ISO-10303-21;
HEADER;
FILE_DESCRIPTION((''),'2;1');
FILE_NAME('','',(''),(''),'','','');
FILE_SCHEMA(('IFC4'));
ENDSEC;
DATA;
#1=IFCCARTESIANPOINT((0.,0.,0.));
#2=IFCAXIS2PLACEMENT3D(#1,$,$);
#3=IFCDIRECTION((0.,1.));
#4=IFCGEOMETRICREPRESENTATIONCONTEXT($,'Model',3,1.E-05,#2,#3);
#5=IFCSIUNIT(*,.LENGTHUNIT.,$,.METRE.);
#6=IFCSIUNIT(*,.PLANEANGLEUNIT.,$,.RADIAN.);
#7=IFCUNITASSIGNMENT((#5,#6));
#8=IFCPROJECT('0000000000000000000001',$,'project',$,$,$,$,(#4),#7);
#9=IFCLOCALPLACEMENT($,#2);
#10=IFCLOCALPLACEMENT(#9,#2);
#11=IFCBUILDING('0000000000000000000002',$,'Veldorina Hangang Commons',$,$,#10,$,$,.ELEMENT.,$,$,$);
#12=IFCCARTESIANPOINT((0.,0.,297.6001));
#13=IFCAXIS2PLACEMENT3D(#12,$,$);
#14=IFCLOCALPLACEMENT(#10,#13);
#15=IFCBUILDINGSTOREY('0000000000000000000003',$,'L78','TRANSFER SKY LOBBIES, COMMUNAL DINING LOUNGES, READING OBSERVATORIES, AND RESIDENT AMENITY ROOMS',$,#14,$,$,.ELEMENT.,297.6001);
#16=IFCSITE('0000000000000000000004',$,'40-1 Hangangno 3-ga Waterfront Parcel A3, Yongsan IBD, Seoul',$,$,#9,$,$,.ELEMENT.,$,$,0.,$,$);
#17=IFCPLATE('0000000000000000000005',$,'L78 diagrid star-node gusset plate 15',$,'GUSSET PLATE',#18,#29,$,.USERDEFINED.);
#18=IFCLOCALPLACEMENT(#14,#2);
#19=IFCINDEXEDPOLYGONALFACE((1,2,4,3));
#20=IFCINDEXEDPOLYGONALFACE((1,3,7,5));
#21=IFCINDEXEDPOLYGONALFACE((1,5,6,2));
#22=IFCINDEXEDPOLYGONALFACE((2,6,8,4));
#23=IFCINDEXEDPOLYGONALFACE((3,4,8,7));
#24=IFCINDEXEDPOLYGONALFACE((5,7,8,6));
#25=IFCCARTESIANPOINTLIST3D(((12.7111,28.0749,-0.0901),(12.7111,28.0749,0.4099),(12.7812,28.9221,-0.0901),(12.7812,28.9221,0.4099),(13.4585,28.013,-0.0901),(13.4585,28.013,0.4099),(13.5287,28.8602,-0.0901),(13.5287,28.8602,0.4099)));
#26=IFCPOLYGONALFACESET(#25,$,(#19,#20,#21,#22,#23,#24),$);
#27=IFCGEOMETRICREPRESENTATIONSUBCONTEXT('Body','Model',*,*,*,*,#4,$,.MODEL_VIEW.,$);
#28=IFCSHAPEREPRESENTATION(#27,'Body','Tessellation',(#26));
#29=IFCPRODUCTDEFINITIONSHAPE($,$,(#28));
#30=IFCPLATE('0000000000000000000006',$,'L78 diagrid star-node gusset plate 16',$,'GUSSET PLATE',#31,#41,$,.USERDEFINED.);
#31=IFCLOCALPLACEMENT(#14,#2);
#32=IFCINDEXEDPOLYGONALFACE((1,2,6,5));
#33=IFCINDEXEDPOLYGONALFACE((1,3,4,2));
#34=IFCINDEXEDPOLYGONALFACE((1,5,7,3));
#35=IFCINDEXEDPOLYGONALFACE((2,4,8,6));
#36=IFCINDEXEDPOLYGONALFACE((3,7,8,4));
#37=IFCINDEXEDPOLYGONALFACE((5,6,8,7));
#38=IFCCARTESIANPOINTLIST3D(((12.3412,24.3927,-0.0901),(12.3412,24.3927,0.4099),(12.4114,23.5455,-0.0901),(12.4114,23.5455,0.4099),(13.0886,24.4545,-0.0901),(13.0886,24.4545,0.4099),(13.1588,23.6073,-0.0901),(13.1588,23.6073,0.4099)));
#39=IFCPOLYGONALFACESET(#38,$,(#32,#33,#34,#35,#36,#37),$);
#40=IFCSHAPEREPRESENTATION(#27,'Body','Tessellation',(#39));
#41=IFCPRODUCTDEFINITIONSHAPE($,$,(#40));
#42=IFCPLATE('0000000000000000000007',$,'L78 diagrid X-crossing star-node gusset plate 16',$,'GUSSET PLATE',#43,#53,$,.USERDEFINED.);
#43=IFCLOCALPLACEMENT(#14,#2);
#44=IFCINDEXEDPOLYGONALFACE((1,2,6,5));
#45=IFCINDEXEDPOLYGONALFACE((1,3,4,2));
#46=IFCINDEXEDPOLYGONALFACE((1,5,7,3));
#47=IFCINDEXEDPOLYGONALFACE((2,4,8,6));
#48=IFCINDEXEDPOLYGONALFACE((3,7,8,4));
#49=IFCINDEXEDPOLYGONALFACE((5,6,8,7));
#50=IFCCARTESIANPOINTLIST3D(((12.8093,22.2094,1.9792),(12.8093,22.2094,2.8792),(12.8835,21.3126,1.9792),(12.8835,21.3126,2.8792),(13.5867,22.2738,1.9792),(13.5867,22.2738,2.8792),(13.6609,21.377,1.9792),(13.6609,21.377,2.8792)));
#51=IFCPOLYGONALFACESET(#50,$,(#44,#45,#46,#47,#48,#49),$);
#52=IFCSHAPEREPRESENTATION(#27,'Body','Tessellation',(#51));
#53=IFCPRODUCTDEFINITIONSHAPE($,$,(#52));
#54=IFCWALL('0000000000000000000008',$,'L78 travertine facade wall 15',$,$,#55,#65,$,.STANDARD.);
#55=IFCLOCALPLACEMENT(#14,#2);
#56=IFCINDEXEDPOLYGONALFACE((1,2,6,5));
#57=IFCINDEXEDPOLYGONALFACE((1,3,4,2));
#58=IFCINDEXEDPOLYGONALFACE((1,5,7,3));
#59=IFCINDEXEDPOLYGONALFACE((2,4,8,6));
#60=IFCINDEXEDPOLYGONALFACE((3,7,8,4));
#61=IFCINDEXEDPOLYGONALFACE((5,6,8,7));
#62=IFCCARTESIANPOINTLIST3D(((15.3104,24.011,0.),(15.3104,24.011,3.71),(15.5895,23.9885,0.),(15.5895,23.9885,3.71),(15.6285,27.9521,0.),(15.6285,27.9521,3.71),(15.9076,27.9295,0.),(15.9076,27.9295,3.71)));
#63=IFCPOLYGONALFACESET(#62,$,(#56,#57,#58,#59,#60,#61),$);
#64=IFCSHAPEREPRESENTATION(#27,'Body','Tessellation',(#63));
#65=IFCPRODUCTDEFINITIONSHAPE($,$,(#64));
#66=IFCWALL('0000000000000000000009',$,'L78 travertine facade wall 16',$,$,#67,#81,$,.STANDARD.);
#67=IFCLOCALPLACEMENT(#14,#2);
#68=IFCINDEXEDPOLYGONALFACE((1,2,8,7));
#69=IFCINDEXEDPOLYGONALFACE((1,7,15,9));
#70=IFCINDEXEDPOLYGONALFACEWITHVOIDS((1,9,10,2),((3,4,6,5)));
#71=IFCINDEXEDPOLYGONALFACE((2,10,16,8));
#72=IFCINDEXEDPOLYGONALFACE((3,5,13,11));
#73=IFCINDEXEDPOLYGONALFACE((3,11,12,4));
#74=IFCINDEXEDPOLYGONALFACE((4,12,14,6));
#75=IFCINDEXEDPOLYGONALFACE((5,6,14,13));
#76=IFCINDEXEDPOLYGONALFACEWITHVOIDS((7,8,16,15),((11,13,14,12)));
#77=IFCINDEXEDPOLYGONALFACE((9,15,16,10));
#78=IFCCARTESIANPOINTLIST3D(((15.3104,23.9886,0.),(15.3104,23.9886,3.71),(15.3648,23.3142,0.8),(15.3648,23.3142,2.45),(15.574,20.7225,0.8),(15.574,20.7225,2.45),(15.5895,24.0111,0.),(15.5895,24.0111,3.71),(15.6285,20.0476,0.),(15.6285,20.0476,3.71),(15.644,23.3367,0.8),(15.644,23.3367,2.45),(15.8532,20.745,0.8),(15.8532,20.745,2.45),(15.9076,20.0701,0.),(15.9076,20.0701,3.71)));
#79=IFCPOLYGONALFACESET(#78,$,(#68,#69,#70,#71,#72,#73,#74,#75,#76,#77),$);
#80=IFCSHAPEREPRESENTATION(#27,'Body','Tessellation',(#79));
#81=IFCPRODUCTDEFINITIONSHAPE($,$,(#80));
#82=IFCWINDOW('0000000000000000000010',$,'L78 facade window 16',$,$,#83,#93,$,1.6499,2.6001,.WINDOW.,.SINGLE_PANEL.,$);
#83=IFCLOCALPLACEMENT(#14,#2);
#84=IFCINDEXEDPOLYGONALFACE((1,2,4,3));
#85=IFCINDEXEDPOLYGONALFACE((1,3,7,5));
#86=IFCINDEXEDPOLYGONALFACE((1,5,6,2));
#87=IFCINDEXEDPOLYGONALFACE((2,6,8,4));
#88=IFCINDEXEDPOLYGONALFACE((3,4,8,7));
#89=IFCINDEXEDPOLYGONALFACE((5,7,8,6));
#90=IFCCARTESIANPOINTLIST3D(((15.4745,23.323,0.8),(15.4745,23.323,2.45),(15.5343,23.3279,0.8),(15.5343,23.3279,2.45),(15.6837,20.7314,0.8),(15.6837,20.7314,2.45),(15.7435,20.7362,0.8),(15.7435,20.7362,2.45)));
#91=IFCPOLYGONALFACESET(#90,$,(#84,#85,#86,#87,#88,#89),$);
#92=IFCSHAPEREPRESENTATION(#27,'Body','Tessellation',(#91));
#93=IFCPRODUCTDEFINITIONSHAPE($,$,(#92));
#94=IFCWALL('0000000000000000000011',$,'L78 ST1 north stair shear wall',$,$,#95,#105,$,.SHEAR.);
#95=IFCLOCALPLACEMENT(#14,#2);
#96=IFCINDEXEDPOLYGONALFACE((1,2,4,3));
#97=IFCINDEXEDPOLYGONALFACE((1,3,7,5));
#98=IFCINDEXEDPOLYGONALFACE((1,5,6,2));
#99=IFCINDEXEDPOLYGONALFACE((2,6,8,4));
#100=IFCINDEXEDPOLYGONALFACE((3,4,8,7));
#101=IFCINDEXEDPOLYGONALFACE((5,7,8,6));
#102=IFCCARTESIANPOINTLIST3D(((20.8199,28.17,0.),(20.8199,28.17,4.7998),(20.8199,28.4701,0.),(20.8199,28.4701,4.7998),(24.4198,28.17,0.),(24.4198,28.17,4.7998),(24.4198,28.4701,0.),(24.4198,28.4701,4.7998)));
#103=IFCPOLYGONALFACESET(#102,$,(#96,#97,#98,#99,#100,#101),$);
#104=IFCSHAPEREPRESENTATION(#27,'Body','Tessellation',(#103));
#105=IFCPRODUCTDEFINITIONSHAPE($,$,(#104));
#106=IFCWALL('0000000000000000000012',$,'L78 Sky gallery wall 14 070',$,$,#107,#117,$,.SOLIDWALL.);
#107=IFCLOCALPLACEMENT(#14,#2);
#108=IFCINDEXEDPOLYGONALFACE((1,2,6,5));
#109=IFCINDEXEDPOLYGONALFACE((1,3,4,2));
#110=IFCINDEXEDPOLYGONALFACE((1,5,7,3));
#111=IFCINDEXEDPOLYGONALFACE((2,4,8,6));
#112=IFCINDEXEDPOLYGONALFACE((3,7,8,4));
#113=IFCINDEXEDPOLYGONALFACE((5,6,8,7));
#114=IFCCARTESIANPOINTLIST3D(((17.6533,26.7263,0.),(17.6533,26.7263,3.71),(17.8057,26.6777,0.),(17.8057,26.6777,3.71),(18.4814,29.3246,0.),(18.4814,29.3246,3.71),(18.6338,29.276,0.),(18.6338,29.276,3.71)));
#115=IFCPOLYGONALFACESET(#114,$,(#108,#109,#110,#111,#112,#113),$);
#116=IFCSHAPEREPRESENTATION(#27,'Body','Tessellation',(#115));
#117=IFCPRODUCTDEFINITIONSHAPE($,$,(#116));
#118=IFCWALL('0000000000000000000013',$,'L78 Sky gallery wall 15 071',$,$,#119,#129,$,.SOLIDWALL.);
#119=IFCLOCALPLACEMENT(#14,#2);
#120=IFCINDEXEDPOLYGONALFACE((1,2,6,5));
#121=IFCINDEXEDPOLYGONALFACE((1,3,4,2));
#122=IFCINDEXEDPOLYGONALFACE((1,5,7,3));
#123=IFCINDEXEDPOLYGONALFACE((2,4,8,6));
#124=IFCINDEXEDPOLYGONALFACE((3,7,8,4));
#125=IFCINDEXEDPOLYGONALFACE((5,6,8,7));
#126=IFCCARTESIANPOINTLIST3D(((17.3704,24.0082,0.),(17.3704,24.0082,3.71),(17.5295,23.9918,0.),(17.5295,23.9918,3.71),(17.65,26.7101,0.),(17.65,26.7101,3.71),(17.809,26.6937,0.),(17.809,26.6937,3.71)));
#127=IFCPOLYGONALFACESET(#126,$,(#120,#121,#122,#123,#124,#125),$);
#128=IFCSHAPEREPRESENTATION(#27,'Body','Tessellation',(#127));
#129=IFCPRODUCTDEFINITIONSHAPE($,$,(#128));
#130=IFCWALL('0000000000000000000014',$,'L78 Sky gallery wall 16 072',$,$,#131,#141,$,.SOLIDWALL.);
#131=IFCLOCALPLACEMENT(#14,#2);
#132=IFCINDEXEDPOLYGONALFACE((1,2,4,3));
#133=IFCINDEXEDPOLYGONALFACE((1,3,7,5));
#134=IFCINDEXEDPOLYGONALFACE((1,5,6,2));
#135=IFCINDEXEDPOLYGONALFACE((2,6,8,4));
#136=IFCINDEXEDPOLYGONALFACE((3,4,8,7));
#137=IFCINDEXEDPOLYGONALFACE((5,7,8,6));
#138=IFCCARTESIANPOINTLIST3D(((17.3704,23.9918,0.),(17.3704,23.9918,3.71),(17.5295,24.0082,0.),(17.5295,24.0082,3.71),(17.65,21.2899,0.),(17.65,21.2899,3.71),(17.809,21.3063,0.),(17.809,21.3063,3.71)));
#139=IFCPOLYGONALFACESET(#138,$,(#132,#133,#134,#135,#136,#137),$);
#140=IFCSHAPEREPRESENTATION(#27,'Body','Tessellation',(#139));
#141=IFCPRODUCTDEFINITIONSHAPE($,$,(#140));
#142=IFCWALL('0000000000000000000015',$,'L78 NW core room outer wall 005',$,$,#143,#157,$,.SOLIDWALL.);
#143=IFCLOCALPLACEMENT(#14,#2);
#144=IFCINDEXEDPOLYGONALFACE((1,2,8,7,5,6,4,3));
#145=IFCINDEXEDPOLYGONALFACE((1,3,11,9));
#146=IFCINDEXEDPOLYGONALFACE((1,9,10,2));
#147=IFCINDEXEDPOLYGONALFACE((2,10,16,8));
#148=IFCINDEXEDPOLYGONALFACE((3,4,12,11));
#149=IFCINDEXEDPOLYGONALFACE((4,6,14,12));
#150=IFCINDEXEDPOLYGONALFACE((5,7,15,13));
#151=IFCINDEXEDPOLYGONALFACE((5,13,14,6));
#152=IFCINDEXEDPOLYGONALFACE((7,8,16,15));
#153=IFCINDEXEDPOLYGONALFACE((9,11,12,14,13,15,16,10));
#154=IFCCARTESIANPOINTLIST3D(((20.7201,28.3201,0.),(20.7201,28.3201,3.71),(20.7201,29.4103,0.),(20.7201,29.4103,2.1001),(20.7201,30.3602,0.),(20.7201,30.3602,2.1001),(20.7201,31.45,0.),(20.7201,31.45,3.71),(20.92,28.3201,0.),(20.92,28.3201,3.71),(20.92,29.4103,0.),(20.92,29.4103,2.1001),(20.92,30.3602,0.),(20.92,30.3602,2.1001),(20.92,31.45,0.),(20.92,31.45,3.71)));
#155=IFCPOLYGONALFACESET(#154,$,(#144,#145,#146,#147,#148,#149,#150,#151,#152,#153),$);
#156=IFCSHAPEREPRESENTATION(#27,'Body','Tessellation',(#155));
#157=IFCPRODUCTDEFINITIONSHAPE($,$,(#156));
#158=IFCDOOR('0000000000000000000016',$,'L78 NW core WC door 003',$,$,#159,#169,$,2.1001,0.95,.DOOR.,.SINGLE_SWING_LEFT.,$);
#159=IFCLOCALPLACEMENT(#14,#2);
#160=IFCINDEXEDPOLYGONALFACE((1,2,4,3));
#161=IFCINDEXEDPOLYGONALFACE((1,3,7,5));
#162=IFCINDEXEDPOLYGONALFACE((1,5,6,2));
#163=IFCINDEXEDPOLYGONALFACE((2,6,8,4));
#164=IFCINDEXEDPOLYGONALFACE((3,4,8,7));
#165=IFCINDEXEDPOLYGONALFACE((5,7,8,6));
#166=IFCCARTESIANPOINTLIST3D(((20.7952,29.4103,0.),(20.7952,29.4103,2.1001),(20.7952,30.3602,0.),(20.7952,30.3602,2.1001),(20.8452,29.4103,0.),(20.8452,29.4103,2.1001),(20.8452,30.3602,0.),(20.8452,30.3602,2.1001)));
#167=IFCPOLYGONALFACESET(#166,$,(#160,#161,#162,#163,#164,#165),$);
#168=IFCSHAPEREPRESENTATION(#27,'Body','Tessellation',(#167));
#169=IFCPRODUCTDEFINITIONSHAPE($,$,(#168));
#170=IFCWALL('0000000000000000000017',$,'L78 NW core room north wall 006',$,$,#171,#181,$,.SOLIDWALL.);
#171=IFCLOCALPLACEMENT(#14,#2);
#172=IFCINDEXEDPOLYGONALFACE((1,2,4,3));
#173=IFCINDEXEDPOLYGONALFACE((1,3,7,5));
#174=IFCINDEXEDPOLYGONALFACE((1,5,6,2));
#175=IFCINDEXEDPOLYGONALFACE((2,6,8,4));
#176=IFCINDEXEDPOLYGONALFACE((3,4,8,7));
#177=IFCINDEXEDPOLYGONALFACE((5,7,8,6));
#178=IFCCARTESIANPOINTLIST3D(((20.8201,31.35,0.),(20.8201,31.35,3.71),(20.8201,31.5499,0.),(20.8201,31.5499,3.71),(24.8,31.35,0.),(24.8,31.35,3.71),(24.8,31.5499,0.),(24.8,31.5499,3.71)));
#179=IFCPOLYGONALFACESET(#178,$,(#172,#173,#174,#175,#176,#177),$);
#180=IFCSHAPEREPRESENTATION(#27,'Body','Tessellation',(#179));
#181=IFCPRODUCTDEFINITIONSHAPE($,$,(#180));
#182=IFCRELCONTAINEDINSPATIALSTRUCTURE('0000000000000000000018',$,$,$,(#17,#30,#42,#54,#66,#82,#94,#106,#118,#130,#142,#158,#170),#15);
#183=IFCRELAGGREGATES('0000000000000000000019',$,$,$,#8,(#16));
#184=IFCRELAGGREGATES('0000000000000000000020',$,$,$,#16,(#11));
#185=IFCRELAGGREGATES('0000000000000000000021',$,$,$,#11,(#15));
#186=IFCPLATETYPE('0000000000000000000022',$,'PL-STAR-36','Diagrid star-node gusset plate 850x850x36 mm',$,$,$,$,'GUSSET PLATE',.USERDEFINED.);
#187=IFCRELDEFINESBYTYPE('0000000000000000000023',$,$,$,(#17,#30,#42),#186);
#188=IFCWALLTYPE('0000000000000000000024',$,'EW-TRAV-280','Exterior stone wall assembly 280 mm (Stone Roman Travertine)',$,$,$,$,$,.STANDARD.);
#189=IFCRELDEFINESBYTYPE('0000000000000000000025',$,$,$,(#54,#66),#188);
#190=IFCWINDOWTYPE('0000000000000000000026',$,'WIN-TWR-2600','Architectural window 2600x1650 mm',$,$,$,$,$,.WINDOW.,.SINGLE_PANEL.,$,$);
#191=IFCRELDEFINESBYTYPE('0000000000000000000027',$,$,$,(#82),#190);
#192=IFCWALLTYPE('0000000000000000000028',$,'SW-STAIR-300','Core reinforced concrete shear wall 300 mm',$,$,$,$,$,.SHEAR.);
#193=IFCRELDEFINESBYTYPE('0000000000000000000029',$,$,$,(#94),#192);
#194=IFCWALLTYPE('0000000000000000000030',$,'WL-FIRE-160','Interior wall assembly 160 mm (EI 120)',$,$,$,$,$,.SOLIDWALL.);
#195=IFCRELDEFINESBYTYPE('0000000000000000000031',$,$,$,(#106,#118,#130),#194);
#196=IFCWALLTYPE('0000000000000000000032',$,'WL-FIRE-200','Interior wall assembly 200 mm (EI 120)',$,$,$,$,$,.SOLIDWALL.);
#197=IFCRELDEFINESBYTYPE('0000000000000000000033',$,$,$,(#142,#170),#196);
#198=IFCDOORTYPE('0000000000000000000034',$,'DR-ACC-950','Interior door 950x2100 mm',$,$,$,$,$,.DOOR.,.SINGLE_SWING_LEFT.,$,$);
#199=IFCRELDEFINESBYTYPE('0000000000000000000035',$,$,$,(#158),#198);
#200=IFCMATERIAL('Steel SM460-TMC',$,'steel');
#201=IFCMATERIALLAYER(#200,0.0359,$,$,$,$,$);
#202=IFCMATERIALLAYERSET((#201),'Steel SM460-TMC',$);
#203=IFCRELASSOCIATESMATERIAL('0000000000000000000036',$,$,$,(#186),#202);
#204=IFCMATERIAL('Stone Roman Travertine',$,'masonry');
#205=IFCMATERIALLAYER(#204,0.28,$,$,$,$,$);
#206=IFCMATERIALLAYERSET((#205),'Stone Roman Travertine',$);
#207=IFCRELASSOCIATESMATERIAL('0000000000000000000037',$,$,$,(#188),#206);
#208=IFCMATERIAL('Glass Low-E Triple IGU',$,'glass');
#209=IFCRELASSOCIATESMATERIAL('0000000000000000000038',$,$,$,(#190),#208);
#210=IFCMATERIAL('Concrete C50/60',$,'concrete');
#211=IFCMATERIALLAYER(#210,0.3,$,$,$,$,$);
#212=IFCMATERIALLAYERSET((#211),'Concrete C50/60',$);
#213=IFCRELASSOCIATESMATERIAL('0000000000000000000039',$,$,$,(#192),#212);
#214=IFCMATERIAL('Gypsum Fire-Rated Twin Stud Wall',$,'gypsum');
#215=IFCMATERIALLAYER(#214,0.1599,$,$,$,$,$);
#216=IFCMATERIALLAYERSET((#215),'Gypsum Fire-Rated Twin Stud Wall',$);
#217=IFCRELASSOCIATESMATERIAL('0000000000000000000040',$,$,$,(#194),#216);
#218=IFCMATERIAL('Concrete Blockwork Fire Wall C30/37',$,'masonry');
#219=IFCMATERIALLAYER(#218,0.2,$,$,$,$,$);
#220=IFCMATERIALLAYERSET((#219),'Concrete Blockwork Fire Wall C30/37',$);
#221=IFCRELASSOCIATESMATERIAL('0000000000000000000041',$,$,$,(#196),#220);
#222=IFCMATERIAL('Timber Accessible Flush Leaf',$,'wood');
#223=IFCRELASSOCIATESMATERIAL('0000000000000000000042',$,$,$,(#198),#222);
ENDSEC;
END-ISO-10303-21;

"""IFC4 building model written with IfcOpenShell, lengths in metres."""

from ifc_helpers import new_model, si_unit, direction, frame, frame_2d, origin, origin_2d, place, context, subcontext, project, spatial, rectangle, extrude, material, layer, layer_set, type_object, element, fill, save


model = new_model("IFC4")

# Units and contexts
model_context = context("Model", 3, precision=1e-05, world=origin(), true_north=direction((0.0, 1.0)))
body_context = subcontext(model_context, "Body", "Model", "MODEL_VIEW")
ifc_project = project(units=[si_unit("LENGTHUNIT", "METRE"), si_unit("PLANEANGLEUNIT", "RADIAN")], contexts=[model_context])

# Site, building, storey
site_placement = place(None, origin())
site = spatial("IfcSite", under=ifc_project, at=site_placement, Name="40-1 Hangangno 3-ga Waterfront Parcel A3, Yongsan IBD, Seoul", CompositionType="ELEMENT", RefElevation=0.0)
building_placement = place(site_placement, origin())
building = spatial("IfcBuilding", under=site, at=building_placement, Name="Veldorina Hangang Commons", CompositionType="ELEMENT")
storey_placement = place(building_placement, frame((0.0, 0.0, 297.6001)))
storey = spatial("IfcBuildingStorey", under=building, at=storey_placement, Name="L78", Description="TRANSFER SKY LOBBIES, COMMUNAL DINING LOUNGES, READING OBSERVATORIES, AND RESIDENT AMENITY ROOMS", CompositionType="ELEMENT", Elevation=297.6001)

# Shared definitions
ifc_material_1 = material(Name="Steel SM460-TMC", Category="steel")

# Plates
ifc_layer_1 = layer(ifc_material_1, 0.0359)
ifc_layer_set_1 = layer_set([ifc_layer_1], Name="Steel SM460-TMC")
plate_type = type_object("IfcPlateType", Name="PL-STAR-36", Description="Diagrid star-node gusset plate 850x850x36 mm", ElementType="GUSSET PLATE", PredefinedType="USERDEFINED", material=ifc_layer_set_1)
for number, where, z_axis, x_axis, name in (
    (1, (13.1199, 28.4675, -0.0901), (0.0, 0.0, 1.0), (-0.082513, -0.99659, 0.0), "L78 diagrid star-node gusset plate 15"),
    (2, (12.75, 24.0, -0.0901), (0.0, 0.0, 1.0), (0.082513, -0.99659, 0.0), "L78 diagrid star-node gusset plate 16"),
):
    element("IfcPlate", number, at=place(storey_placement, frame(where, z_axis=z_axis, x_axis=x_axis)), inside=storey, type_object=plate_type, Name=name, ObjectType="GUSSET PLATE", PredefinedType="USERDEFINED", context=body_context, shape_type="SweptSolid", body=[
        extrude(rectangle(XDim=0.8501, YDim=0.75, at=origin_2d()), origin(), (0.0, 0.0, 1.0), 0.5),
    ])
plate_1_placement = place(storey_placement, frame((13.2351, 21.7932, 1.9792), z_axis=(0.0, 0.0, 1.0), x_axis=(0.082513, -0.99659, 0.0)))
element("IfcPlate", 3, at=plate_1_placement, inside=storey, type_object=plate_type, Name="L78 diagrid X-crossing star-node gusset plate 16", ObjectType="GUSSET PLATE", PredefinedType="USERDEFINED", context=body_context, shape_type="SweptSolid", body=[
    extrude(rectangle(XDim=0.8999, YDim=0.78, at=origin_2d()), origin(), (0.0, 0.0, 1.0), 0.8999),
])

# Wall
ifc_material_2 = material(Name="Stone Roman Travertine", Category="masonry")
ifc_layer_2 = layer(ifc_material_2, 0.28)
ifc_layer_set_2 = layer_set([ifc_layer_2], Name="Stone Roman Travertine")
wall_type_1 = type_object("IfcWallType", Name="EW-TRAV-280", Description="Exterior stone wall assembly 280 mm (Stone Roman Travertine)", PredefinedType="STANDARD", material=ifc_layer_set_2)
wall_1_placement = place(storey_placement, frame((15.7681, 27.9409, 0.0), z_axis=(0.0, 0.0, 1.0), x_axis=(-0.080459, -0.996758, 0.0)))
element("IfcWall", 4, at=wall_1_placement, inside=storey, type_object=wall_type_1, Name="L78 travertine facade wall 15", PredefinedType="STANDARD", context=body_context, shape_type="SweptSolid", body=[
    extrude(rectangle(XDim=3.9539, YDim=0.28, at=frame_2d((1.9771, 0.0))), origin(), (0.0, 0.0, 1.0), 3.71),
])

# Wall, opening, window
wall_2_placement = place(storey_placement, frame((15.45, 24.0, 0.0), z_axis=(0.0, 0.0, 1.0), x_axis=(0.080459, -0.996758, 0.0)))
wall_2 = element("IfcWall", 5, at=wall_2_placement, inside=storey, type_object=wall_type_1, Name="L78 travertine facade wall 16", PredefinedType="STANDARD", context=body_context, shape_type="SweptSolid", body=[
    extrude(rectangle(XDim=3.9539, YDim=0.28, at=frame_2d((1.9771, 0.0))), origin(), (0.0, 0.0, 1.0), 3.71),
])
opening_1_placement = place(wall_2_placement, frame((0.6768, 0.0, 0.8)))
opening_1 = element("IfcOpeningElement", 6, at=opening_1_placement, cuts=wall_2, PredefinedType="OPENING", context=body_context, shape_type="SweptSolid", body=[
    extrude(rectangle(XDim=2.6001, YDim=1.6499, at=frame_2d((1.3, 0.825))), frame((0.0, 0.1499, 0.0), z_axis=(0.0, -1.0, 0.0), x_axis=(1.0, 0.0, 0.0)), (0.0, 0.0, 1.0), 0.3),
])
ifc_material_3 = material(Name="Glass Low-E Triple IGU", Category="glass")
window_type = type_object("IfcWindowType", Name="WIN-TWR-2600", Description="Architectural window 2600x1650 mm", PartitioningType="SINGLE_PANEL", PredefinedType="WINDOW", material=ifc_material_3)
window_placement = place(opening_1_placement, origin())
window = element("IfcWindow", 7, at=window_placement, inside=storey, type_object=window_type, Name="L78 facade window 16", OverallHeight=1.6499, OverallWidth=2.6001, PartitioningType="SINGLE_PANEL", PredefinedType="WINDOW", context=body_context, shape_type="SweptSolid", body=[
    extrude(rectangle(XDim=2.6001, YDim=1.6499, at=frame_2d((1.3, 0.825))), frame((0.0, 0.03, 0.0), z_axis=(0.0, -1.0, 0.0), x_axis=(1.0, 0.0, 0.0)), (0.0, 0.0, 1.0), 0.0601),
])
fill(opening_1, window)

# Walls
ifc_material_4 = material(Name="Concrete C50/60", Category="concrete")
ifc_layer_3 = layer(ifc_material_4, 0.3)
ifc_layer_set_3 = layer_set([ifc_layer_3], Name="Concrete C50/60")
wall_type_2 = type_object("IfcWallType", Name="SW-STAIR-300", Description="Core reinforced concrete shear wall 300 mm", PredefinedType="SHEAR", material=ifc_layer_set_3)
wall_3_placement = place(storey_placement, frame((20.8201, 28.3201, 0.0), z_axis=(0.0, 0.0, 1.0), x_axis=(1.0, 0.0, 0.0)))
element("IfcWall", 8, at=wall_3_placement, inside=storey, type_object=wall_type_2, Name="L78 ST1 north stair shear wall", PredefinedType="SHEAR", context=body_context, shape_type="SweptSolid", body=[
    extrude(rectangle(XDim=3.5999, YDim=0.3, at=frame_2d((1.7998, 0.0))), origin(), (0.0, 0.0, 1.0), 4.7998),
])
ifc_material_5 = material(Name="Gypsum Fire-Rated Twin Stud Wall", Category="gypsum")
ifc_layer_4 = layer(ifc_material_5, 0.1599)
ifc_layer_set_4 = layer_set([ifc_layer_4], Name="Gypsum Fire-Rated Twin Stud Wall")
wall_type_3 = type_object("IfcWallType", Name="WL-FIRE-160", Description="Interior wall assembly 160 mm (EI 120)", PredefinedType="SOLIDWALL", material=ifc_layer_set_4)
wall_4_placement = place(storey_placement, frame((18.5576, 29.3003, 0.0), z_axis=(0.0, 0.0, 1.0), x_axis=(-0.303658, -0.952781, 0.0)))
element("IfcWall", 9, at=wall_4_placement, inside=storey, type_object=wall_type_3, Name="L78 Sky gallery wall 14 070", PredefinedType="SOLIDWALL", context=body_context, shape_type="SweptSolid", body=[
    extrude(rectangle(XDim=2.7271, YDim=0.1599, at=frame_2d((1.3635, 0.0))), origin(), (0.0, 0.0, 1.0), 3.71),
])
for number, where, z_axis, x_axis, name in (
    (10, (17.7295, 26.7019, 0.0), (0.0, 0.0, 1.0), (-0.102911, -0.994691, 0.0), "L78 Sky gallery wall 15 071"),
    (11, (17.45, 24.0, 0.0), (0.0, 0.0, 1.0), (0.102911, -0.994691, 0.0), "L78 Sky gallery wall 16 072"),
):
    element("IfcWall", number, at=place(storey_placement, frame(where, z_axis=z_axis, x_axis=x_axis)), inside=storey, type_object=wall_type_3, Name=name, PredefinedType="SOLIDWALL", context=body_context, shape_type="SweptSolid", body=[
        extrude(rectangle(XDim=2.7163, YDim=0.1599, at=frame_2d((1.3582, 0.0))), origin(), (0.0, 0.0, 1.0), 3.71),
    ])

# Wall, opening, door
ifc_material_6 = material(Name="Concrete Blockwork Fire Wall C30/37", Category="masonry")
ifc_layer_5 = layer(ifc_material_6, 0.2)
ifc_layer_set_5 = layer_set([ifc_layer_5], Name="Concrete Blockwork Fire Wall C30/37")
wall_type_4 = type_object("IfcWallType", Name="WL-FIRE-200", Description="Interior wall assembly 200 mm (EI 120)", PredefinedType="SOLIDWALL", material=ifc_layer_set_5)
wall_5_placement = place(storey_placement, frame((20.8201, 28.3201, 0.0), z_axis=(0.0, 0.0, 1.0), x_axis=(0.0, 1.0, 0.0)))
wall_5 = element("IfcWall", 12, at=wall_5_placement, inside=storey, type_object=wall_type_4, Name="L78 NW core room outer wall 005", PredefinedType="SOLIDWALL", context=body_context, shape_type="SweptSolid", body=[
    extrude(rectangle(XDim=3.1299, YDim=0.2, at=frame_2d((1.5649, 0.0))), origin(), (0.0, 0.0, 1.0), 3.71),
])
opening_2_placement = place(wall_5_placement, frame((1.0901, 0.0, 0.0)))
opening_2 = element("IfcOpeningElement", 13, at=opening_2_placement, cuts=wall_5, PredefinedType="OPENING", context=body_context, shape_type="SweptSolid", body=[
    extrude(rectangle(XDim=0.95, YDim=2.1001, at=frame_2d((0.4751, 1.05))), frame((0.0, 0.1099, 0.0), z_axis=(0.0, -1.0, 0.0), x_axis=(1.0, 0.0, 0.0)), (0.0, 0.0, 1.0), 0.22),
])
ifc_material_7 = material(Name="Timber Accessible Flush Leaf", Category="wood")
door_type = type_object("IfcDoorType", Name="DR-ACC-950", Description="Interior door 950x2100 mm", OperationType="SINGLE_SWING_LEFT", PredefinedType="DOOR", material=ifc_material_7)
door_placement = place(opening_2_placement, origin())
door = element("IfcDoor", 14, at=door_placement, inside=storey, type_object=door_type, Name="L78 NW core WC door 003", OperationType="SINGLE_SWING_LEFT", OverallHeight=2.1001, OverallWidth=0.95, PredefinedType="DOOR", context=body_context, shape_type="SweptSolid", body=[
    extrude(rectangle(XDim=0.95, YDim=2.1001, at=frame_2d((0.4751, 1.05))), frame((0.0, 0.0249, 0.0), z_axis=(0.0, -1.0, 0.0), x_axis=(1.0, 0.0, 0.0)), (0.0, 0.0, 1.0), 0.05),
])
fill(opening_2, door)

# Wall
wall_6_placement = place(storey_placement, frame((20.8201, 31.45, 0.0), z_axis=(0.0, 0.0, 1.0), x_axis=(1.0, 0.0, 0.0)))
element("IfcWall", 15, at=wall_6_placement, inside=storey, type_object=wall_type_4, Name="L78 NW core room north wall 006", PredefinedType="SOLIDWALL", context=body_context, shape_type="SweptSolid", body=[
    extrude(rectangle(XDim=3.98, YDim=0.2, at=frame_2d((1.99, 0.0))), origin(), (0.0, 0.0, 1.0), 3.71),
])

save(model, "model.ifc")
